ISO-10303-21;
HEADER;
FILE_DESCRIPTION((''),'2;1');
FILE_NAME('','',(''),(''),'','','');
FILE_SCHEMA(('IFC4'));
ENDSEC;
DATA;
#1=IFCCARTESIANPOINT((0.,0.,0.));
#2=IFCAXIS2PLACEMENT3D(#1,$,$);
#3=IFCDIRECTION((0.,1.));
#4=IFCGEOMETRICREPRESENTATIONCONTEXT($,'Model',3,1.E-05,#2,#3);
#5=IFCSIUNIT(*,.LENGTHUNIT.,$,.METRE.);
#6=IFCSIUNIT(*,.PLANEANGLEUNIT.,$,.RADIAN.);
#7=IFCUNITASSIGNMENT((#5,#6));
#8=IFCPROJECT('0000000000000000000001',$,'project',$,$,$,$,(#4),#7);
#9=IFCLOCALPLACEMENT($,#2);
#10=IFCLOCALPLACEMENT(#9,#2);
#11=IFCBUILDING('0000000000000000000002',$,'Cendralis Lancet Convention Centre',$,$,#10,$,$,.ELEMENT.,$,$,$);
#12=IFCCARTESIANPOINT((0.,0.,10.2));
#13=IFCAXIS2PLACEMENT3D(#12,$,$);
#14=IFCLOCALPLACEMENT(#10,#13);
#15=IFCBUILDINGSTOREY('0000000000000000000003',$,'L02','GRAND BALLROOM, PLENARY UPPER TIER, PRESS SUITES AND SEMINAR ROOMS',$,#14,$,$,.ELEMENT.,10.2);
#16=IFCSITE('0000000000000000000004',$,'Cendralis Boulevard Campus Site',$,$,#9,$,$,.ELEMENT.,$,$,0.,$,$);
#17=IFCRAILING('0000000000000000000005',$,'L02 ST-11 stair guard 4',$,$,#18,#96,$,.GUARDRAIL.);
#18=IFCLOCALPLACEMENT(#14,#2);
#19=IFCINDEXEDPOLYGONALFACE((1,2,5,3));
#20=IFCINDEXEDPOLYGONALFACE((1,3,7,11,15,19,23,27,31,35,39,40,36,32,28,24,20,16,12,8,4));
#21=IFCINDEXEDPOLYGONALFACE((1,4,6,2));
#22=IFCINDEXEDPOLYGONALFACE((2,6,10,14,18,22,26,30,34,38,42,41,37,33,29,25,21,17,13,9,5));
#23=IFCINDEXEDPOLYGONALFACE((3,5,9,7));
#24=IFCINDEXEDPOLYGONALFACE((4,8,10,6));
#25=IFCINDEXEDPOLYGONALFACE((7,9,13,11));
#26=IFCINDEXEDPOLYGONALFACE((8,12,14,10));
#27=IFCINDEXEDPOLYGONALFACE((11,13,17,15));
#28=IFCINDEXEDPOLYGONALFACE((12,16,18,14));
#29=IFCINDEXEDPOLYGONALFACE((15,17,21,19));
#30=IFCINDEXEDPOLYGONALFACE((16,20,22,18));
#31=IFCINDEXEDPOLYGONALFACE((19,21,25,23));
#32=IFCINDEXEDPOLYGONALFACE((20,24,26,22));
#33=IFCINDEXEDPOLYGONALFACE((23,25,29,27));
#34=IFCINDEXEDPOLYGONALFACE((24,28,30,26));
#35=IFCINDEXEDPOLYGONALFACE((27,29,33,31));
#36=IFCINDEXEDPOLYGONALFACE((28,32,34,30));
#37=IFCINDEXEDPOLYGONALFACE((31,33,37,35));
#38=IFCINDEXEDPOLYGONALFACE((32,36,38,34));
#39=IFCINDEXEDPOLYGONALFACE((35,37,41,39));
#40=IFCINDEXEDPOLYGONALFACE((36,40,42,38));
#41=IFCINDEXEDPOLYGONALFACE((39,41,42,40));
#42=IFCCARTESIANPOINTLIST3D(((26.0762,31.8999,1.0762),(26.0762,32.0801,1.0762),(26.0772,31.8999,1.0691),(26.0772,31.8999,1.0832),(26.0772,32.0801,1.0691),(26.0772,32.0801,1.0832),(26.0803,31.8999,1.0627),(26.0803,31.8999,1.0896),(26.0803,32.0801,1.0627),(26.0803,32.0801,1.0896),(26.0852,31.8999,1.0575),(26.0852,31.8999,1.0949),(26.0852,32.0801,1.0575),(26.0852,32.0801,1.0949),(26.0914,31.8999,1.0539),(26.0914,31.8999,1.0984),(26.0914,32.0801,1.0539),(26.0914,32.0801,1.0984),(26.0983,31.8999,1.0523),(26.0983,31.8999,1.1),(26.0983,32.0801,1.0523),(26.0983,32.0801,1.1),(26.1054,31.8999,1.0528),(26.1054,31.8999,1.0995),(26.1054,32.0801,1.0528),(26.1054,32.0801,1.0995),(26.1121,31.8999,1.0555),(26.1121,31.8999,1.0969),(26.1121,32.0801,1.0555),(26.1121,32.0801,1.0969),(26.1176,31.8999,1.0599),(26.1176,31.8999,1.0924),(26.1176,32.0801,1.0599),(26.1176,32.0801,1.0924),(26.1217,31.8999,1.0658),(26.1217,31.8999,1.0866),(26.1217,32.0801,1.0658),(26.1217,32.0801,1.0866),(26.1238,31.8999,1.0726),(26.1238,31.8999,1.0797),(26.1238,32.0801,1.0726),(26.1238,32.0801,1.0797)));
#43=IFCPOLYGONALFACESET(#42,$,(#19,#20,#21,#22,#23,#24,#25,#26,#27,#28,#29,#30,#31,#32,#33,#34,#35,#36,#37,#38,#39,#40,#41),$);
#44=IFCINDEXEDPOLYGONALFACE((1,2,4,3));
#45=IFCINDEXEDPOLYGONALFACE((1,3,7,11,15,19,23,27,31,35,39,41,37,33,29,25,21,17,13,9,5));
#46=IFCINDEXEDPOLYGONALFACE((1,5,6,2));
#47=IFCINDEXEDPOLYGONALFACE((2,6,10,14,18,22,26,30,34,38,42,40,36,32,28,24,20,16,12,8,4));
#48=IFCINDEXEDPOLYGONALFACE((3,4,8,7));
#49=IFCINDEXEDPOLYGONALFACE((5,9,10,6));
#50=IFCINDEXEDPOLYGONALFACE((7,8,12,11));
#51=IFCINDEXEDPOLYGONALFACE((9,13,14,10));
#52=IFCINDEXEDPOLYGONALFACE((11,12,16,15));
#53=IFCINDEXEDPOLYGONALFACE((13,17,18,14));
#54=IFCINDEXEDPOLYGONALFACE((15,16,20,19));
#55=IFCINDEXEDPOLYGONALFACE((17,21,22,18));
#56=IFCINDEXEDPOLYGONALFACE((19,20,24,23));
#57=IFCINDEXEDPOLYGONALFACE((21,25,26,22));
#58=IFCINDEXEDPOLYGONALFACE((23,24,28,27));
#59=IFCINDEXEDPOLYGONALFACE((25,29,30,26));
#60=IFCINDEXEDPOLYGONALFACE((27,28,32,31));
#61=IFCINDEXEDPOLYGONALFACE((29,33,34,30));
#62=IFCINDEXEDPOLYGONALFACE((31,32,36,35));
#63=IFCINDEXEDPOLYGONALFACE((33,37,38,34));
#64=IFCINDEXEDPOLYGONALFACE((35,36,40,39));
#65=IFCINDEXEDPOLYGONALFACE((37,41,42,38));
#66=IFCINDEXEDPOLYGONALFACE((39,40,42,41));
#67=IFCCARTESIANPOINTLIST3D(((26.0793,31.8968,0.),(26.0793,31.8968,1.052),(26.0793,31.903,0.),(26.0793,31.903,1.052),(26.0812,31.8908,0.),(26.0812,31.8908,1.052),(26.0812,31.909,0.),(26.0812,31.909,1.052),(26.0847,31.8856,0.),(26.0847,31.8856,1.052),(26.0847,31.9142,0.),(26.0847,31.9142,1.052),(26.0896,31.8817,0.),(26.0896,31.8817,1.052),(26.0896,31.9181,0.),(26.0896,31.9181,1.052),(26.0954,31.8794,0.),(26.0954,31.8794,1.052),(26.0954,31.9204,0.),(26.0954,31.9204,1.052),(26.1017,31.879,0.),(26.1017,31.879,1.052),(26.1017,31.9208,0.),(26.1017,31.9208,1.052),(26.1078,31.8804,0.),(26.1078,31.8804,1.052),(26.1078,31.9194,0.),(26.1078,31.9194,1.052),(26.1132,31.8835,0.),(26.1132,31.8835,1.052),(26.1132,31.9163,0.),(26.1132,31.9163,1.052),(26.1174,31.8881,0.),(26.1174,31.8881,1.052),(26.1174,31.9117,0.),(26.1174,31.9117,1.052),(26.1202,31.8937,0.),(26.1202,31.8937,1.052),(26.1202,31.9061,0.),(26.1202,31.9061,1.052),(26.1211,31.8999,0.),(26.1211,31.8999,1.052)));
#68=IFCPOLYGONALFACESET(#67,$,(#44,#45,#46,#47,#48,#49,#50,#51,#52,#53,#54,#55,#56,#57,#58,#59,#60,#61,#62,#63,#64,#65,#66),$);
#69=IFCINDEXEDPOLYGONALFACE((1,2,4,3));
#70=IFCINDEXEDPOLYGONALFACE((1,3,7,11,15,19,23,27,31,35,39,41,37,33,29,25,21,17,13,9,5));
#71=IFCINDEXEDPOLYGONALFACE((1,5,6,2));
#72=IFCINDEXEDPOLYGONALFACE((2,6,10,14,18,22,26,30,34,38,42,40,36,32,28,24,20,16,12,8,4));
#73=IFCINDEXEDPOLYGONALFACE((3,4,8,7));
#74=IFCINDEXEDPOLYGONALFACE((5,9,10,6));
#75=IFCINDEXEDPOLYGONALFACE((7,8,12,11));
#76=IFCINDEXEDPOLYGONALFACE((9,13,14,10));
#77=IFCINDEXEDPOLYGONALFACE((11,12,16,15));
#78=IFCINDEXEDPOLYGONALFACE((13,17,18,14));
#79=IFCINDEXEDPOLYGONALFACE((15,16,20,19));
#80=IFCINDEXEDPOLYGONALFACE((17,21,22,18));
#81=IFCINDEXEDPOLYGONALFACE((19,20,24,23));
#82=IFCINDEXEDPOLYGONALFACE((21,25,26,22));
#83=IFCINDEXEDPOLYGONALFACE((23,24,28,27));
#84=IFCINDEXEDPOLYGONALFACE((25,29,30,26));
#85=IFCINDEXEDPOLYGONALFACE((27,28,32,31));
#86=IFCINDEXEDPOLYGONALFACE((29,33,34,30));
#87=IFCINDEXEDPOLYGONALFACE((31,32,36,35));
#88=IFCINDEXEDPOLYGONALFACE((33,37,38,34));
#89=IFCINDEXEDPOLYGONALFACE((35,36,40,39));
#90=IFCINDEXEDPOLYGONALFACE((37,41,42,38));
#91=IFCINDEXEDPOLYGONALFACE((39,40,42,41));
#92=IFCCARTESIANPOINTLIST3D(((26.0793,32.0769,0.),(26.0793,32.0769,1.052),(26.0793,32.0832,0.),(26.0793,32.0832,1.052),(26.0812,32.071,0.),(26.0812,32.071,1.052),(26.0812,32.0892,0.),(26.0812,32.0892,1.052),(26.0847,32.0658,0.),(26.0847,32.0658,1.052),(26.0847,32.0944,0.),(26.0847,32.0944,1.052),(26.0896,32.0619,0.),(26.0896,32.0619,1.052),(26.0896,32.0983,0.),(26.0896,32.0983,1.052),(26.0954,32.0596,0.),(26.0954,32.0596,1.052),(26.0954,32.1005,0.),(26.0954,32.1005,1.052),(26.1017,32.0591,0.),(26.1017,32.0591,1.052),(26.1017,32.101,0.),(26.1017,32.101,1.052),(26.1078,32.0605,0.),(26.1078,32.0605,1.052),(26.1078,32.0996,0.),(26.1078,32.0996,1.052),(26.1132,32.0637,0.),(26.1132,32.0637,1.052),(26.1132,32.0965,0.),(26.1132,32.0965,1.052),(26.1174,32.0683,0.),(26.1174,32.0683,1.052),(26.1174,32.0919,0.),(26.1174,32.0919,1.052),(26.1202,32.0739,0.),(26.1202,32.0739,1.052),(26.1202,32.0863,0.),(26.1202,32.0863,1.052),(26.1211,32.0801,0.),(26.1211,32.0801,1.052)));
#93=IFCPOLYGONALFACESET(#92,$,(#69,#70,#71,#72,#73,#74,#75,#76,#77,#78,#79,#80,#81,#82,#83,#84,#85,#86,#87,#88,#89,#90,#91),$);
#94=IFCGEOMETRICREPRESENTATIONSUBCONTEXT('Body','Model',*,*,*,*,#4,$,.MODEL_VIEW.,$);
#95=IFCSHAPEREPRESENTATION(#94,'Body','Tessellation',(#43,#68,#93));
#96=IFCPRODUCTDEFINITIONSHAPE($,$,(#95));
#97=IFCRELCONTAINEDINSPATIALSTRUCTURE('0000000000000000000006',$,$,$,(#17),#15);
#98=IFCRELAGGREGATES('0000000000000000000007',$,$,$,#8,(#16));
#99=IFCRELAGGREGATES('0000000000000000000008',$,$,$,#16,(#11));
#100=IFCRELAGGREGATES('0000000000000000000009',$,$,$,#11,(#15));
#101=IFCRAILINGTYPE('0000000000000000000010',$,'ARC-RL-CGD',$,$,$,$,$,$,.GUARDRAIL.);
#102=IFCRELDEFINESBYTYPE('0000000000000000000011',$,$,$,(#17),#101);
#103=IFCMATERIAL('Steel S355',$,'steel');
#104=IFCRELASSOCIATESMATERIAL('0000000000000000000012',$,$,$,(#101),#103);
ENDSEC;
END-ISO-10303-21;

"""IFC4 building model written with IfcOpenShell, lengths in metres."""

from ifc_helpers import new_model, si_unit, direction, frame, origin, origin_2d, place, context, subcontext, project, spatial, circle, extrude, material, type_object, element, save


model = new_model("IFC4")

# Units and contexts
model_context = context("Model", 3, precision=1e-05, world=origin(), true_north=direction((0.0, 1.0)))
body_context = subcontext(model_context, "Body", "Model", "MODEL_VIEW")
ifc_project = project(units=[si_unit("LENGTHUNIT", "METRE"), si_unit("PLANEANGLEUNIT", "RADIAN")], contexts=[model_context])

# Site, building, storey
site_placement = place(None, origin())
site = spatial("IfcSite", under=ifc_project, at=site_placement, Name="Cendralis Boulevard Campus Site", CompositionType="ELEMENT", RefElevation=0.0)
building_placement = place(site_placement, origin())
building = spatial("IfcBuilding", under=site, at=building_placement, Name="Cendralis Lancet Convention Centre", CompositionType="ELEMENT")
storey_placement = place(building_placement, frame((0.0, 0.0, 10.2)))
storey = spatial("IfcBuildingStorey", under=building, at=storey_placement, Name="L02", Description="GRAND BALLROOM, PLENARY UPPER TIER, PRESS SUITES AND SEMINAR ROOMS", CompositionType="ELEMENT", Elevation=10.2)

# Shared definitions
ifc_material_1 = material(Name="Steel S355", Category="steel")

# Railing
railing_type_1 = type_object("IfcRailingType", Name="ARC-RL-CGD", PredefinedType="GUARDRAIL", material=ifc_material_1)
railing_1_placement = place(storey_placement, frame((26.1001, 31.8999, 0.0)))
element("IfcRailing", 1, at=railing_1_placement, inside=storey, type_object=railing_type_1, Name="L02 ST-11 stair guard 4", PredefinedType="GUARDRAIL", context=body_context, shape_type="SweptSolid", body=[
    extrude(circle(Radius=0.0239, at=origin_2d()), frame((0.0, 0.0, 1.0762), z_axis=(0.0, 1.0, 0.0), x_axis=(-1.0, 0.0, 0.0)), (0.0, 0.0, 1.0), 0.1802),
    extrude(circle(Radius=0.021, at=origin_2d()), origin(), (0.0, 0.0, 1.0), 1.052),
    extrude(circle(Radius=0.021, at=origin_2d()), frame((0.0, 0.1802, 0.0)), (0.0, 0.0, 1.0), 1.052),
])

save(model, "model.ifc")
